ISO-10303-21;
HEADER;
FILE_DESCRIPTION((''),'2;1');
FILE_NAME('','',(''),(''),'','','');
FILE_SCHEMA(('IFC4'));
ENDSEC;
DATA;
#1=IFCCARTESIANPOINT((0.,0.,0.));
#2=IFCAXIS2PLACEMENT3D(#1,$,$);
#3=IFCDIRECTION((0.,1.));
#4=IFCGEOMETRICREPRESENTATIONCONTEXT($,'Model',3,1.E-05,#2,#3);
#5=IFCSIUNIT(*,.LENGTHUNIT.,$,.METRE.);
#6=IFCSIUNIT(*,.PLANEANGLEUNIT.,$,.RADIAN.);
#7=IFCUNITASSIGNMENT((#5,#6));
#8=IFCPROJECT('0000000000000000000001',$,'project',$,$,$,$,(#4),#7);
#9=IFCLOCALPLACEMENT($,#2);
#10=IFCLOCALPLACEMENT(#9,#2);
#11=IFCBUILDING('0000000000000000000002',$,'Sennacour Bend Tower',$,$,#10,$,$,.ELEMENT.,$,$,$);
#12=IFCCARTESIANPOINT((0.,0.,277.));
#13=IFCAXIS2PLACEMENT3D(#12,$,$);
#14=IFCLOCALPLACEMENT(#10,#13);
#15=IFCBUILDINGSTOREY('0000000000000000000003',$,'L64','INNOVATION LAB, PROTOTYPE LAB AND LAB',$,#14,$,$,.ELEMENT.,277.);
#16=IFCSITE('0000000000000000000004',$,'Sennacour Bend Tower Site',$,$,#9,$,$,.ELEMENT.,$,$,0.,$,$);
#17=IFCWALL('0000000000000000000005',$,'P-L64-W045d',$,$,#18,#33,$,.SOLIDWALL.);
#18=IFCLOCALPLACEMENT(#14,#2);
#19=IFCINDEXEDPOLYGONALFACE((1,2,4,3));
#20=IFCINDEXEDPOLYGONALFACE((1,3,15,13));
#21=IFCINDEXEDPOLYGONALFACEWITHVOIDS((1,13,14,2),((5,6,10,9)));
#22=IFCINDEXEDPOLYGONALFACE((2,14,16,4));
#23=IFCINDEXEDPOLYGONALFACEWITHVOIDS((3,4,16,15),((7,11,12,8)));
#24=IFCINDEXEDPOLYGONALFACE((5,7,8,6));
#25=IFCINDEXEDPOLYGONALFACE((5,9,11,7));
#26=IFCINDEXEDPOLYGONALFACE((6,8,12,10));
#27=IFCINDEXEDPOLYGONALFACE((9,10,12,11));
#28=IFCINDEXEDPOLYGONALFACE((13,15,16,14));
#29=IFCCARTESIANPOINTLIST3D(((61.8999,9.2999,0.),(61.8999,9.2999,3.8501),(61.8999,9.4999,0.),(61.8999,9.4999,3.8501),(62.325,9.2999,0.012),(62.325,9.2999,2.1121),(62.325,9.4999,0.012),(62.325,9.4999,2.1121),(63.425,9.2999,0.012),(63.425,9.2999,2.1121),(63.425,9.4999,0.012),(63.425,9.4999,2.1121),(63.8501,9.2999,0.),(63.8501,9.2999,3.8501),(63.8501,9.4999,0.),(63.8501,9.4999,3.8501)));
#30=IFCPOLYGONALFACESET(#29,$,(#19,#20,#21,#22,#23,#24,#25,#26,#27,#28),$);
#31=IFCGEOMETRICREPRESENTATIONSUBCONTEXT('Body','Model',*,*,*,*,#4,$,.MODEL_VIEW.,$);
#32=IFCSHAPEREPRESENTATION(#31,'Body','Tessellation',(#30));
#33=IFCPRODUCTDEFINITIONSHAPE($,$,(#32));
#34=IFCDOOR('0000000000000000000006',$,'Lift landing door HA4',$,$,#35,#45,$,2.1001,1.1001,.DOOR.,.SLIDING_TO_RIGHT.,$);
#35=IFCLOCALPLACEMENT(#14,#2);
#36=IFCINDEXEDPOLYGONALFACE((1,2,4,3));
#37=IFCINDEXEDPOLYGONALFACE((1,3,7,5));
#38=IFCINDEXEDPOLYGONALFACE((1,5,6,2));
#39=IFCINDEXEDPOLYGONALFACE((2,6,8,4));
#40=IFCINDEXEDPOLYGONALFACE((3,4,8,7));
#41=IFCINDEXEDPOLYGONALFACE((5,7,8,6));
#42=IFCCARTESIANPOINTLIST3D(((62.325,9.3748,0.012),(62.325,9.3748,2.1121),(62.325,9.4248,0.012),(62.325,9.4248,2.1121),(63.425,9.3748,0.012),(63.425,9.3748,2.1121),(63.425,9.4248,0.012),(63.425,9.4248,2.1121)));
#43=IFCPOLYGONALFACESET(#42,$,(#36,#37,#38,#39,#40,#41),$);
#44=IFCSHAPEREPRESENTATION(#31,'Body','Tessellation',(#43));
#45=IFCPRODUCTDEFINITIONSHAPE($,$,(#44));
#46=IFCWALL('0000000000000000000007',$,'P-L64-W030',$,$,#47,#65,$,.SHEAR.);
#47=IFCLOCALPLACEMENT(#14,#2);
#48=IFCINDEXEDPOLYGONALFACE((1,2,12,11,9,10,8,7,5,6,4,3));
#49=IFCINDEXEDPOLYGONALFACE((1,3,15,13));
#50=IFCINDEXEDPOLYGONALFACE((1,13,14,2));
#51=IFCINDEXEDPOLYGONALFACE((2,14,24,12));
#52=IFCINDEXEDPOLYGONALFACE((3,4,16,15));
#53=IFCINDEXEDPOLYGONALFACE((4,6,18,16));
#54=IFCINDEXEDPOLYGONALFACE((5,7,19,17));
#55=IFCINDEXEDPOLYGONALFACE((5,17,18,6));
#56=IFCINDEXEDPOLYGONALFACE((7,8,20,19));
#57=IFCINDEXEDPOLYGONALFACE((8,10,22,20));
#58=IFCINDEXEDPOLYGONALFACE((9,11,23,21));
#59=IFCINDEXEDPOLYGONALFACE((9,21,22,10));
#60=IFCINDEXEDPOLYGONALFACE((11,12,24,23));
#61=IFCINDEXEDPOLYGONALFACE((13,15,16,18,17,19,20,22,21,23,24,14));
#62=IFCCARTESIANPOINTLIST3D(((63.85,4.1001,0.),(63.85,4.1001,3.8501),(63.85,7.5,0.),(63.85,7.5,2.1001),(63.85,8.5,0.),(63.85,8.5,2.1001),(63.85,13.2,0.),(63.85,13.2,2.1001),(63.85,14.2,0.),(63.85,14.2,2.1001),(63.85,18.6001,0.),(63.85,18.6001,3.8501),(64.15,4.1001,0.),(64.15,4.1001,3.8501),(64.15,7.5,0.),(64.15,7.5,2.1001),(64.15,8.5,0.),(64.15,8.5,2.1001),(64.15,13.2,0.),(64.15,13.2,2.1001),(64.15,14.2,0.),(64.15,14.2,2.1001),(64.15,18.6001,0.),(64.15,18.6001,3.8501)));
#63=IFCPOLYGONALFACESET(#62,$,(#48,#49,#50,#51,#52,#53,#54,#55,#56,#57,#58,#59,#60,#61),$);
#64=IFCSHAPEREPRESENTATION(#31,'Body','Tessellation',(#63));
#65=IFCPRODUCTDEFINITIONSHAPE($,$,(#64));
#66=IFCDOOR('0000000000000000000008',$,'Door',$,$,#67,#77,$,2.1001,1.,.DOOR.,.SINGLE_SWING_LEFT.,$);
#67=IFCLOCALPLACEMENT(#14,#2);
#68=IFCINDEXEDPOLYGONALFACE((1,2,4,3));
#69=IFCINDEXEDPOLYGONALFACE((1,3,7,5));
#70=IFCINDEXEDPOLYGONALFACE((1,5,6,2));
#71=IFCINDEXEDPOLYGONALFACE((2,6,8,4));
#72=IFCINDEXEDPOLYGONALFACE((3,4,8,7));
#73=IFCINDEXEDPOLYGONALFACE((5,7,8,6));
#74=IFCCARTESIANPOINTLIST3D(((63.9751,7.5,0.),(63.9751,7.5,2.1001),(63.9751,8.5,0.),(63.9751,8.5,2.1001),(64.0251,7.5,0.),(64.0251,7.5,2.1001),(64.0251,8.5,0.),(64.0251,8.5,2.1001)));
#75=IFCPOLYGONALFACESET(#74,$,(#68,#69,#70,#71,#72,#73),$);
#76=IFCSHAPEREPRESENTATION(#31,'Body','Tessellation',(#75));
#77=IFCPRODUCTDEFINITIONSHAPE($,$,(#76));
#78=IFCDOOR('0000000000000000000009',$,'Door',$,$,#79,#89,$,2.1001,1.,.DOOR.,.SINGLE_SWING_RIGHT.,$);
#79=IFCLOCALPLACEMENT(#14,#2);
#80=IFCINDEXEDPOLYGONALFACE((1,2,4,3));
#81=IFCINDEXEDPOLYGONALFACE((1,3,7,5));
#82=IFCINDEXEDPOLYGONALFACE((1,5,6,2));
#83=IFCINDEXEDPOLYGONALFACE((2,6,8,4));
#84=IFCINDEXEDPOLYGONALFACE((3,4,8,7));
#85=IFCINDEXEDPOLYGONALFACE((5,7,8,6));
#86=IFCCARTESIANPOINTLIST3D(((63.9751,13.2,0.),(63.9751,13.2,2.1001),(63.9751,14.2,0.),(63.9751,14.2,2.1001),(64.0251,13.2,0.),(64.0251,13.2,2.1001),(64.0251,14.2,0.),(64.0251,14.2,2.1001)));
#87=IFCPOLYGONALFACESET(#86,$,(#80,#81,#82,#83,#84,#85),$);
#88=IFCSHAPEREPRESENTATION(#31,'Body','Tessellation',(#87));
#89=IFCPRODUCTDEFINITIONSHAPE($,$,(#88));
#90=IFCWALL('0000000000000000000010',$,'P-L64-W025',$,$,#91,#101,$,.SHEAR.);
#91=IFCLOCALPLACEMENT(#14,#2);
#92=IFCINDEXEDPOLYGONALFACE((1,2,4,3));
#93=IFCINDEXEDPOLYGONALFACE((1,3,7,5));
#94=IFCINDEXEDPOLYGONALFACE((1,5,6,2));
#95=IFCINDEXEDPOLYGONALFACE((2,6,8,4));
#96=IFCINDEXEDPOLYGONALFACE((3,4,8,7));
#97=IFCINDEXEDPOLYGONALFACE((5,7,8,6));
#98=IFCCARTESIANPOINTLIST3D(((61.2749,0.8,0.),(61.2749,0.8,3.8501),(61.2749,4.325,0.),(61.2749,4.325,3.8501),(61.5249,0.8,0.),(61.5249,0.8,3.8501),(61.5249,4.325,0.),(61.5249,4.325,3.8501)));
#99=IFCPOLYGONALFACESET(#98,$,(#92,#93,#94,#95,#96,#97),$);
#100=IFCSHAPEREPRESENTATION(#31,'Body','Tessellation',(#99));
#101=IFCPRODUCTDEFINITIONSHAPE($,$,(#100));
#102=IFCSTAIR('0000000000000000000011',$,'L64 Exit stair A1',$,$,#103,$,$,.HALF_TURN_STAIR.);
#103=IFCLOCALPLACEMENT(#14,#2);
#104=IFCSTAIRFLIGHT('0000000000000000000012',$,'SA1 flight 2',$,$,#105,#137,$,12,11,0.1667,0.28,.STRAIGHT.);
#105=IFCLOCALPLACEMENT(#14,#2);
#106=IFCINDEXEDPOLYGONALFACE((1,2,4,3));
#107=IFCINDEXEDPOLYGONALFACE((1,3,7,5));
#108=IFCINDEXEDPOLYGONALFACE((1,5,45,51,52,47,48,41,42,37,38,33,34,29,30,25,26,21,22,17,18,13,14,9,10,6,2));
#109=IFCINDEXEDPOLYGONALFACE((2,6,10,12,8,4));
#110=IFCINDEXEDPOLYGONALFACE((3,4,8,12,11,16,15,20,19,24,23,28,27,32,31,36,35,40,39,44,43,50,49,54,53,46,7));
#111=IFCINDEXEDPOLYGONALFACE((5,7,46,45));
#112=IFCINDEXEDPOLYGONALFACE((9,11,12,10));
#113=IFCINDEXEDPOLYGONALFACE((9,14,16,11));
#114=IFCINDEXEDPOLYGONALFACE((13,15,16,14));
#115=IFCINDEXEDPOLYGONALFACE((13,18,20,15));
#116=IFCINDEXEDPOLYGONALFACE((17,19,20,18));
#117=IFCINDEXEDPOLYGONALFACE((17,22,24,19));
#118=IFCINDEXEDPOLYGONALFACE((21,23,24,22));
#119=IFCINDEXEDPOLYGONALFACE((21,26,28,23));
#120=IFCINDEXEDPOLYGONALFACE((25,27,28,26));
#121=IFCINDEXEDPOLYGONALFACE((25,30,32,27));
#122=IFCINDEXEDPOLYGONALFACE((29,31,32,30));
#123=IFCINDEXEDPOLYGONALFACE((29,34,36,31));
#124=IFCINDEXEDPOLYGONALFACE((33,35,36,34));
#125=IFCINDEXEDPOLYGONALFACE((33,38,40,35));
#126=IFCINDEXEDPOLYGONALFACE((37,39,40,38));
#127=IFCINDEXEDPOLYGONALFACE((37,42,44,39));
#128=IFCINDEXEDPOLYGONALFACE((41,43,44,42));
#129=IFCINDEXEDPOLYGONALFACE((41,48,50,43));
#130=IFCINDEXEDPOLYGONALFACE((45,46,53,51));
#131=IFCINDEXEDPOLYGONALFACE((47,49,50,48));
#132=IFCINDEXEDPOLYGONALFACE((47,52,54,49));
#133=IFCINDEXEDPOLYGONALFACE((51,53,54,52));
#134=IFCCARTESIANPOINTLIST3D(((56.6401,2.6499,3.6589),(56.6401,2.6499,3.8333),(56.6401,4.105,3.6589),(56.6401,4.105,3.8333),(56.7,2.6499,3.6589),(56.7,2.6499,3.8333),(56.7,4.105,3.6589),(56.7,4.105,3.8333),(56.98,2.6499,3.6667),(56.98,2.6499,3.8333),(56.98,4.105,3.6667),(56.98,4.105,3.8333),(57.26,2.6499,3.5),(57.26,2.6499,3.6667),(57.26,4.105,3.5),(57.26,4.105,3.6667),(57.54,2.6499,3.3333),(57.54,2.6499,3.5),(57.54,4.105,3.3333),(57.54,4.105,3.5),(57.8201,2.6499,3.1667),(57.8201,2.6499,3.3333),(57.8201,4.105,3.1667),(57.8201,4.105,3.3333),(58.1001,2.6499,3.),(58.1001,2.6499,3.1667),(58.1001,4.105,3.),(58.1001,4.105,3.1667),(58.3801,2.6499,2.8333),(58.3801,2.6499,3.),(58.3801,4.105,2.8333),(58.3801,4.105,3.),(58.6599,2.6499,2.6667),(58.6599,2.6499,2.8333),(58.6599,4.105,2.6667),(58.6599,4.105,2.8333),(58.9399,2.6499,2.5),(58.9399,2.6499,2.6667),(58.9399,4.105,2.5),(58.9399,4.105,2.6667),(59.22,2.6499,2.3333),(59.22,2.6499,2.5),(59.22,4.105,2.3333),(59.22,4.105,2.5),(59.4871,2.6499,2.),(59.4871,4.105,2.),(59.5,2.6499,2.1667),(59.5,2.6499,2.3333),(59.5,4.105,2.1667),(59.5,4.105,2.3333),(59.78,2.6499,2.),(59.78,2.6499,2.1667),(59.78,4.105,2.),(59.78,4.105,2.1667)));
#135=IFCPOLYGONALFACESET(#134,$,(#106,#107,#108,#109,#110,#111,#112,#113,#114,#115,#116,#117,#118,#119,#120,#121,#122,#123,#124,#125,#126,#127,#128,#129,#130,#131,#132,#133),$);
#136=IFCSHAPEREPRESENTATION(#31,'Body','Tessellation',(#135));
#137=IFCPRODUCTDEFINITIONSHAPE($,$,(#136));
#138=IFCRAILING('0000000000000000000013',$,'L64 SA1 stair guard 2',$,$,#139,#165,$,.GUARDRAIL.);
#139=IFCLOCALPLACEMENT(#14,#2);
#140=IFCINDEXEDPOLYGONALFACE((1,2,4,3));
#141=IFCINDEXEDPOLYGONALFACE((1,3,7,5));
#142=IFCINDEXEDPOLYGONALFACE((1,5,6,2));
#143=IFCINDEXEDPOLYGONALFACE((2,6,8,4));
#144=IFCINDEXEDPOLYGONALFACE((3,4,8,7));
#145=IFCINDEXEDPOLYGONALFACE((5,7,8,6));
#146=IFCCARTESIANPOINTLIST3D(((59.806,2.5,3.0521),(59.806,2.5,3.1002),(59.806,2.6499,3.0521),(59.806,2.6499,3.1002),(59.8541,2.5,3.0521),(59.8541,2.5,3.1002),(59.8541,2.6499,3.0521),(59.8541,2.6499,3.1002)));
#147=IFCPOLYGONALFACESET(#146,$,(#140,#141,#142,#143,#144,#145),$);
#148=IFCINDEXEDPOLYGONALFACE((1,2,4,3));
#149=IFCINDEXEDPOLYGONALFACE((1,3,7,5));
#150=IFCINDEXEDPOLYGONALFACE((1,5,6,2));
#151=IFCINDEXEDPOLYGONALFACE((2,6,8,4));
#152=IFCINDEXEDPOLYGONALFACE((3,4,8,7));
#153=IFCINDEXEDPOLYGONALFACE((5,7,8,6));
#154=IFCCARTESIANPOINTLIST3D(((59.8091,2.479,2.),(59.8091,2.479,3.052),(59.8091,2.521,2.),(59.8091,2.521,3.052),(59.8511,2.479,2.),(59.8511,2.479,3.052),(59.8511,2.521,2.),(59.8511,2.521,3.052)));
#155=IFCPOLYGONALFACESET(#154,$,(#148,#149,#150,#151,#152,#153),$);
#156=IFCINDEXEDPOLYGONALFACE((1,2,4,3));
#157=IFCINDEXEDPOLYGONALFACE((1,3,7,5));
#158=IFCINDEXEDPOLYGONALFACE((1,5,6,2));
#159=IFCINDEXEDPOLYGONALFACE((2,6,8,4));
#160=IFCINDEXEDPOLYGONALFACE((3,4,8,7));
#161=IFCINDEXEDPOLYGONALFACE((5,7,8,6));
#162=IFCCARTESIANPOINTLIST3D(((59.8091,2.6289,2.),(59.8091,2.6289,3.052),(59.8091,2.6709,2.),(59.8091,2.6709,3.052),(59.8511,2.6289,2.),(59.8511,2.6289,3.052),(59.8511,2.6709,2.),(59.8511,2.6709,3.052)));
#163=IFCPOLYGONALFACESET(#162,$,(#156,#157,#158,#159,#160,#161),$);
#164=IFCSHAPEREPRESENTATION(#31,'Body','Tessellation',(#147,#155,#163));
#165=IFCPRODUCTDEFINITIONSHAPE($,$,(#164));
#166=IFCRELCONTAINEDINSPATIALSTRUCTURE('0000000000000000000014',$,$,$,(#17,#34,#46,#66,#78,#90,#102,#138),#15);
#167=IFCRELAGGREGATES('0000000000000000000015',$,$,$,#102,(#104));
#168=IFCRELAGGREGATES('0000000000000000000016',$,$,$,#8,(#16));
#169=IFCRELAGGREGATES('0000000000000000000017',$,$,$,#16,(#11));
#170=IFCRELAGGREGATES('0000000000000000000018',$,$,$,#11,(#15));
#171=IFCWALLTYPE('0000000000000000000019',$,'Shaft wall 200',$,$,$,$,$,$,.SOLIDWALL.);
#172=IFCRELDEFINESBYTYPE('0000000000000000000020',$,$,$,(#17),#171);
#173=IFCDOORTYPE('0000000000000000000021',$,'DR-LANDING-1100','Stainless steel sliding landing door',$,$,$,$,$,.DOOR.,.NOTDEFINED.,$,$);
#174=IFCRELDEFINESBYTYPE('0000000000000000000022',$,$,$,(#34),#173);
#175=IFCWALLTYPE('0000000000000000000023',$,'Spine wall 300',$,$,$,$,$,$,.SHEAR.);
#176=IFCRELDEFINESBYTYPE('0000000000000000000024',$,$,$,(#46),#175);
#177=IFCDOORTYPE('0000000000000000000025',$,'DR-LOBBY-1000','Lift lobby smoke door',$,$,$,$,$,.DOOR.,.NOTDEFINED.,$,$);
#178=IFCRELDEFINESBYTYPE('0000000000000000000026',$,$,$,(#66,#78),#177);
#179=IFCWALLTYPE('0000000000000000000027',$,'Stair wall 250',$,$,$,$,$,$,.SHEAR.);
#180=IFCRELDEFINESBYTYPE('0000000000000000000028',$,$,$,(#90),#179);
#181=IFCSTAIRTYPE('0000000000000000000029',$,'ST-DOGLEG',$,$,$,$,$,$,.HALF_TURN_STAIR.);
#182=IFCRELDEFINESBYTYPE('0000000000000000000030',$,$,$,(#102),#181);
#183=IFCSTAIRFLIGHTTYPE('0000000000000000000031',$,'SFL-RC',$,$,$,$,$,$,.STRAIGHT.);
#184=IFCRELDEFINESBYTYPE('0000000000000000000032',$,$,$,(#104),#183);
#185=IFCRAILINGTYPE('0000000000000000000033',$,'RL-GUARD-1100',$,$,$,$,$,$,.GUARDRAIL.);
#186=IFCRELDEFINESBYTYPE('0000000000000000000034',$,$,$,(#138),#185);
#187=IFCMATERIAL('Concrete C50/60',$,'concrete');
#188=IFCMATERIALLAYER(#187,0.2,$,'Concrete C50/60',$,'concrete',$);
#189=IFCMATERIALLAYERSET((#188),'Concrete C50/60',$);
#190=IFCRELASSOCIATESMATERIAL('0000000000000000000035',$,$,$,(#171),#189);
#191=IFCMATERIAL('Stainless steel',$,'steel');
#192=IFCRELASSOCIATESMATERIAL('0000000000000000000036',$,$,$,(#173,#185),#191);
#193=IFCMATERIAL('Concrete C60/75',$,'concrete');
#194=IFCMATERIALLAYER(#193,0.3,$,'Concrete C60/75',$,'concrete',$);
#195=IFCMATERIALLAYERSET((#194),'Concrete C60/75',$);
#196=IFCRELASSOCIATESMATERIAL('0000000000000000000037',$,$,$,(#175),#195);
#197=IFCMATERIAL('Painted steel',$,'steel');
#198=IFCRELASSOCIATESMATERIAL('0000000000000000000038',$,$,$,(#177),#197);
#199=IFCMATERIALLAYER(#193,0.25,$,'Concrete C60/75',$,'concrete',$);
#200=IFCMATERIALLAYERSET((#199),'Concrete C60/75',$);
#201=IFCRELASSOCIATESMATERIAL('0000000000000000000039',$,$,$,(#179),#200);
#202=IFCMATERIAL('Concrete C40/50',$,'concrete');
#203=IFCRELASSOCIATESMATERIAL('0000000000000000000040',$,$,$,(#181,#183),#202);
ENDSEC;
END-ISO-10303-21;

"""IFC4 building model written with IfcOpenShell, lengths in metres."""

from ifc_helpers import new_model, si_unit, direction, frame, frame_2d, origin, origin_2d, place, context, subcontext, project, spatial, polyline, rectangle, outline, extrude, material, layer, layer_set, type_object, element, fill, aggregate, save


model = new_model("IFC4")

# Units and contexts
model_context = context("Model", 3, precision=1e-05, world=origin(), true_north=direction((0.0, 1.0)))
body_context = subcontext(model_context, "Body", "Model", "MODEL_VIEW")
ifc_project = project(units=[si_unit("LENGTHUNIT", "METRE"), si_unit("PLANEANGLEUNIT", "RADIAN")], contexts=[model_context])

# Site, building, storey
site_placement = place(None, origin())
site = spatial("IfcSite", under=ifc_project, at=site_placement, Name="Sennacour Bend Tower Site", CompositionType="ELEMENT", RefElevation=0.0)
building_placement = place(site_placement, origin())
building = spatial("IfcBuilding", under=site, at=building_placement, Name="Sennacour Bend Tower", CompositionType="ELEMENT")
storey_placement = place(building_placement, frame((0.0, 0.0, 277.0)))
storey = spatial("IfcBuildingStorey", under=building, at=storey_placement, Name="L64", Description="INNOVATION LAB, PROTOTYPE LAB AND LAB", CompositionType="ELEMENT", Elevation=277.0)

# Shared definitions
ifc_material_1 = material(Name="Concrete C50/60", Category="concrete")

# Shared definitions
ifc_material_2 = material(Name="Painted steel", Category="steel")

# Shared definitions
ifc_layer_1 = layer(ifc_material_1, 0.2, Name="Concrete C50/60", Category="concrete")
ifc_layer_set_1 = layer_set([ifc_layer_1], Name="Concrete C50/60")
wall_type_1 = type_object("IfcWallType", Name="Shaft wall 200", PredefinedType="SOLIDWALL", material=ifc_layer_set_1)

# Wall, opening, door
wall_1_placement = place(storey_placement, frame((61.8999, 9.3999, 0.0), z_axis=(0.0, 0.0, 1.0), x_axis=(1.0, 0.0, 0.0)))
wall_1 = element("IfcWall", 1, at=wall_1_placement, inside=storey, type_object=wall_type_1, Name="P-L64-W045d", PredefinedType="SOLIDWALL", context=body_context, shape_type="SweptSolid", body=[
    extrude(rectangle(XDim=1.9502, YDim=0.2, at=frame_2d((0.9751, 0.0))), origin(), (0.0, 0.0, 1.0), 3.8501),
])
opening_1_placement = place(wall_1_placement, frame((0.425, 0.0, 0.012)))
opening_1 = element("IfcOpeningElement", 2, at=opening_1_placement, cuts=wall_1, PredefinedType="OPENING", context=body_context, shape_type="SweptSolid", body=[
    extrude(rectangle(XDim=1.1001, YDim=2.1001, at=frame_2d((0.55, 1.05))), frame((0.0, 0.1099, 0.0), z_axis=(0.0, -1.0, 0.0), x_axis=(1.0, 0.0, 0.0)), (0.0, 0.0, 1.0), 0.22),
])
ifc_material_3 = material(Name="Stainless steel", Category="steel")
door_type_1 = type_object("IfcDoorType", Name="DR-LANDING-1100", Description="Stainless steel sliding landing door", OperationType="NOTDEFINED", PredefinedType="DOOR", material=ifc_material_3)
door_1_placement = place(opening_1_placement, origin())
door_1 = element("IfcDoor", 3, at=door_1_placement, inside=storey, type_object=door_type_1, Name="Lift landing door HA4", OperationType="SLIDING_TO_RIGHT", OverallHeight=2.1001, OverallWidth=1.1001, PredefinedType="DOOR", context=body_context, shape_type="SweptSolid", body=[
    extrude(rectangle(XDim=1.1001, YDim=2.1001, at=frame_2d((0.55, 1.05))), frame((0.0, 0.0249, 0.0), z_axis=(0.0, -1.0, 0.0), x_axis=(1.0, 0.0, 0.0)), (0.0, 0.0, 1.0), 0.05),
])
fill(opening_1, door_1)

# Wall, openings, doors
ifc_material_4 = material(Name="Concrete C60/75", Category="concrete")
ifc_layer_2 = layer(ifc_material_4, 0.3, Name="Concrete C60/75", Category="concrete")
ifc_layer_set_2 = layer_set([ifc_layer_2], Name="Concrete C60/75")
wall_type_2 = type_object("IfcWallType", Name="Spine wall 300", PredefinedType="SHEAR", material=ifc_layer_set_2)
wall_2_placement = place(storey_placement, frame((64.0, 4.1001, 0.0), z_axis=(0.0, 0.0, 1.0), x_axis=(0.0, 1.0, 0.0)))
wall_2 = element("IfcWall", 4, at=wall_2_placement, inside=storey, type_object=wall_type_2, Name="P-L64-W030", PredefinedType="SHEAR", context=body_context, shape_type="SweptSolid", body=[
    extrude(rectangle(XDim=14.5, YDim=0.3, at=frame_2d((7.25, 0.0))), origin(), (0.0, 0.0, 1.0), 3.8501),
])
opening_2_placement = place(wall_2_placement, frame((3.3999, 0.0, 0.0)))
opening_2 = element("IfcOpeningElement", 5, at=opening_2_placement, cuts=wall_2, PredefinedType="OPENING", context=body_context, shape_type="SweptSolid", body=[
    extrude(rectangle(XDim=1.0, YDim=2.1001, at=frame_2d((0.5, 1.05))), frame((0.0, 0.1602, 0.0), z_axis=(0.0, -1.0, 0.0), x_axis=(1.0, 0.0, 0.0)), (0.0, 0.0, 1.0), 0.3201),
])
opening_3_placement = place(wall_2_placement, frame((9.0999, 0.0, 0.0)))
opening_3 = element("IfcOpeningElement", 6, at=opening_3_placement, cuts=wall_2, PredefinedType="OPENING", context=body_context, shape_type="SweptSolid", body=[
    extrude(rectangle(XDim=1.0, YDim=2.1001, at=frame_2d((0.5, 1.05))), frame((0.0, 0.1602, 0.0), z_axis=(0.0, -1.0, 0.0), x_axis=(1.0, 0.0, 0.0)), (0.0, 0.0, 1.0), 0.3201),
])
door_type_2 = type_object("IfcDoorType", Name="DR-LOBBY-1000", Description="Lift lobby smoke door", OperationType="NOTDEFINED", PredefinedType="DOOR", material=ifc_material_2)
door_2_placement = place(opening_2_placement, origin())
door_2 = element("IfcDoor", 7, at=door_2_placement, inside=storey, type_object=door_type_2, Name="Door", OperationType="SINGLE_SWING_LEFT", OverallHeight=2.1001, OverallWidth=1.0, PredefinedType="DOOR", context=body_context, shape_type="SweptSolid", body=[
    extrude(rectangle(XDim=1.0, YDim=2.1001, at=frame_2d((0.5, 1.05))), frame((0.0, 0.0249, 0.0), z_axis=(0.0, -1.0, 0.0), x_axis=(1.0, 0.0, 0.0)), (0.0, 0.0, 1.0), 0.05),
])
fill(opening_2, door_2)
door_3_placement = place(opening_3_placement, origin())
door_3 = element("IfcDoor", 8, at=door_3_placement, inside=storey, type_object=door_type_2, Name="Door", OperationType="SINGLE_SWING_RIGHT", OverallHeight=2.1001, OverallWidth=1.0, PredefinedType="DOOR", context=body_context, shape_type="SweptSolid", body=[
    extrude(rectangle(XDim=1.0, YDim=2.1001, at=frame_2d((0.5, 1.05))), frame((0.0, 0.0249, 0.0), z_axis=(0.0, -1.0, 0.0), x_axis=(1.0, 0.0, 0.0)), (0.0, 0.0, 1.0), 0.05),
])
fill(opening_3, door_3)

# Wall
ifc_layer_3 = layer(ifc_material_4, 0.25, Name="Concrete C60/75", Category="concrete")
ifc_layer_set_3 = layer_set([ifc_layer_3], Name="Concrete C60/75")
wall_type_3 = type_object("IfcWallType", Name="Stair wall 250", PredefinedType="SHEAR", material=ifc_layer_set_3)
wall_3_placement = place(storey_placement, frame((61.3999, 0.8, 0.0), z_axis=(0.0, 0.0, 1.0), x_axis=(0.0, 1.0, 0.0)))
element("IfcWall", 9, at=wall_3_placement, inside=storey, type_object=wall_type_3, Name="P-L64-W025", PredefinedType="SHEAR", context=body_context, shape_type="SweptSolid", body=[
    extrude(rectangle(XDim=3.5249, YDim=0.25, at=frame_2d((1.7625, 0.0))), origin(), (0.0, 0.0, 1.0), 3.8501),
])

# Stair, stair flight
ifc_material_5 = material(Name="Concrete C40/50", Category="concrete")
stair_type = type_object("IfcStairType", Name="ST-DOGLEG", PredefinedType="HALF_TURN_STAIR", material=ifc_material_5)
stair_placement = place(storey_placement, origin())
stair = element("IfcStair", 10, at=stair_placement, inside=storey, type_object=stair_type, Name="L64 Exit stair A1", PredefinedType="HALF_TURN_STAIR")
stair_flight_type = type_object("IfcStairFlightType", Name="SFL-RC", PredefinedType="STRAIGHT", material=ifc_material_5)
stair_flight_placement = place(storey_placement, frame((59.78, 3.3774, 2.0), z_axis=(0.0, 0.0, 1.0), x_axis=(-1.0, 0.0, 0.0)))
stair_flight = element("IfcStairFlight", 11, at=stair_flight_placement, type_object=stair_flight_type, Name="SA1 flight 2", NumberOfRisers=12, NumberOfTreads=11, PredefinedType="STRAIGHT", RiserHeight=0.1667, TreadLength=0.28, context=body_context, shape_type="SweptSolid", body=[
    extrude(outline(polyline([(0.0, 0.0), (0.0, 0.1667), (0.28, 0.1667), (0.28, 0.3333), (0.5601, 0.3333), (0.5601, 0.5), (0.8401, 0.5), (0.8401, 0.6667), (1.1201, 0.6667), (1.1201, 0.8333), (1.3999, 0.8333), (1.3999, 1.0), (1.6799, 1.0), (1.6799, 1.1667), (1.96, 1.1667), (1.96, 1.3333), (2.24, 1.3333), (2.24, 1.5), (2.52, 1.5), (2.52, 1.6667), (2.8, 1.6667), (2.8, 1.8333), (3.0801, 1.8333), (3.1399, 1.8333), (3.1399, 1.6589), (3.0801, 1.6589), (0.293, 0.0), (0.0, 0.0)])), frame((0.0, 0.7275, 0.0), z_axis=(0.0, -1.0, 0.0), x_axis=(1.0, 0.0, 0.0)), (0.0, 0.0, 1.0), 1.4551),
])
aggregate(stair, [stair_flight])

# Railing
railing_type_1 = type_object("IfcRailingType", Name="RL-GUARD-1100", PredefinedType="GUARDRAIL", material=ifc_material_3)
railing_1_placement = place(storey_placement, frame((59.8301, 2.5, 2.0)))
element("IfcRailing", 12, at=railing_1_placement, inside=storey, type_object=railing_type_1, Name="L64 SA1 stair guard 2", PredefinedType="GUARDRAIL", context=body_context, shape_type="SweptSolid", body=[
    extrude(rectangle(XDim=0.0481, YDim=0.0481, at=origin_2d()), frame((0.0, 0.0, 1.0762), z_axis=(0.0, 1.0, 0.0), x_axis=(-1.0, 0.0, 0.0)), (0.0, 0.0, 1.0), 0.1499),
    extrude(rectangle(XDim=0.042, YDim=0.042, at=origin_2d()), origin(), (0.0, 0.0, 1.0), 1.052),
    extrude(rectangle(XDim=0.042, YDim=0.042, at=origin_2d()), frame((0.0, 0.1499, 0.0)), (0.0, 0.0, 1.0), 1.052),
])

save(model, "model.ifc")
